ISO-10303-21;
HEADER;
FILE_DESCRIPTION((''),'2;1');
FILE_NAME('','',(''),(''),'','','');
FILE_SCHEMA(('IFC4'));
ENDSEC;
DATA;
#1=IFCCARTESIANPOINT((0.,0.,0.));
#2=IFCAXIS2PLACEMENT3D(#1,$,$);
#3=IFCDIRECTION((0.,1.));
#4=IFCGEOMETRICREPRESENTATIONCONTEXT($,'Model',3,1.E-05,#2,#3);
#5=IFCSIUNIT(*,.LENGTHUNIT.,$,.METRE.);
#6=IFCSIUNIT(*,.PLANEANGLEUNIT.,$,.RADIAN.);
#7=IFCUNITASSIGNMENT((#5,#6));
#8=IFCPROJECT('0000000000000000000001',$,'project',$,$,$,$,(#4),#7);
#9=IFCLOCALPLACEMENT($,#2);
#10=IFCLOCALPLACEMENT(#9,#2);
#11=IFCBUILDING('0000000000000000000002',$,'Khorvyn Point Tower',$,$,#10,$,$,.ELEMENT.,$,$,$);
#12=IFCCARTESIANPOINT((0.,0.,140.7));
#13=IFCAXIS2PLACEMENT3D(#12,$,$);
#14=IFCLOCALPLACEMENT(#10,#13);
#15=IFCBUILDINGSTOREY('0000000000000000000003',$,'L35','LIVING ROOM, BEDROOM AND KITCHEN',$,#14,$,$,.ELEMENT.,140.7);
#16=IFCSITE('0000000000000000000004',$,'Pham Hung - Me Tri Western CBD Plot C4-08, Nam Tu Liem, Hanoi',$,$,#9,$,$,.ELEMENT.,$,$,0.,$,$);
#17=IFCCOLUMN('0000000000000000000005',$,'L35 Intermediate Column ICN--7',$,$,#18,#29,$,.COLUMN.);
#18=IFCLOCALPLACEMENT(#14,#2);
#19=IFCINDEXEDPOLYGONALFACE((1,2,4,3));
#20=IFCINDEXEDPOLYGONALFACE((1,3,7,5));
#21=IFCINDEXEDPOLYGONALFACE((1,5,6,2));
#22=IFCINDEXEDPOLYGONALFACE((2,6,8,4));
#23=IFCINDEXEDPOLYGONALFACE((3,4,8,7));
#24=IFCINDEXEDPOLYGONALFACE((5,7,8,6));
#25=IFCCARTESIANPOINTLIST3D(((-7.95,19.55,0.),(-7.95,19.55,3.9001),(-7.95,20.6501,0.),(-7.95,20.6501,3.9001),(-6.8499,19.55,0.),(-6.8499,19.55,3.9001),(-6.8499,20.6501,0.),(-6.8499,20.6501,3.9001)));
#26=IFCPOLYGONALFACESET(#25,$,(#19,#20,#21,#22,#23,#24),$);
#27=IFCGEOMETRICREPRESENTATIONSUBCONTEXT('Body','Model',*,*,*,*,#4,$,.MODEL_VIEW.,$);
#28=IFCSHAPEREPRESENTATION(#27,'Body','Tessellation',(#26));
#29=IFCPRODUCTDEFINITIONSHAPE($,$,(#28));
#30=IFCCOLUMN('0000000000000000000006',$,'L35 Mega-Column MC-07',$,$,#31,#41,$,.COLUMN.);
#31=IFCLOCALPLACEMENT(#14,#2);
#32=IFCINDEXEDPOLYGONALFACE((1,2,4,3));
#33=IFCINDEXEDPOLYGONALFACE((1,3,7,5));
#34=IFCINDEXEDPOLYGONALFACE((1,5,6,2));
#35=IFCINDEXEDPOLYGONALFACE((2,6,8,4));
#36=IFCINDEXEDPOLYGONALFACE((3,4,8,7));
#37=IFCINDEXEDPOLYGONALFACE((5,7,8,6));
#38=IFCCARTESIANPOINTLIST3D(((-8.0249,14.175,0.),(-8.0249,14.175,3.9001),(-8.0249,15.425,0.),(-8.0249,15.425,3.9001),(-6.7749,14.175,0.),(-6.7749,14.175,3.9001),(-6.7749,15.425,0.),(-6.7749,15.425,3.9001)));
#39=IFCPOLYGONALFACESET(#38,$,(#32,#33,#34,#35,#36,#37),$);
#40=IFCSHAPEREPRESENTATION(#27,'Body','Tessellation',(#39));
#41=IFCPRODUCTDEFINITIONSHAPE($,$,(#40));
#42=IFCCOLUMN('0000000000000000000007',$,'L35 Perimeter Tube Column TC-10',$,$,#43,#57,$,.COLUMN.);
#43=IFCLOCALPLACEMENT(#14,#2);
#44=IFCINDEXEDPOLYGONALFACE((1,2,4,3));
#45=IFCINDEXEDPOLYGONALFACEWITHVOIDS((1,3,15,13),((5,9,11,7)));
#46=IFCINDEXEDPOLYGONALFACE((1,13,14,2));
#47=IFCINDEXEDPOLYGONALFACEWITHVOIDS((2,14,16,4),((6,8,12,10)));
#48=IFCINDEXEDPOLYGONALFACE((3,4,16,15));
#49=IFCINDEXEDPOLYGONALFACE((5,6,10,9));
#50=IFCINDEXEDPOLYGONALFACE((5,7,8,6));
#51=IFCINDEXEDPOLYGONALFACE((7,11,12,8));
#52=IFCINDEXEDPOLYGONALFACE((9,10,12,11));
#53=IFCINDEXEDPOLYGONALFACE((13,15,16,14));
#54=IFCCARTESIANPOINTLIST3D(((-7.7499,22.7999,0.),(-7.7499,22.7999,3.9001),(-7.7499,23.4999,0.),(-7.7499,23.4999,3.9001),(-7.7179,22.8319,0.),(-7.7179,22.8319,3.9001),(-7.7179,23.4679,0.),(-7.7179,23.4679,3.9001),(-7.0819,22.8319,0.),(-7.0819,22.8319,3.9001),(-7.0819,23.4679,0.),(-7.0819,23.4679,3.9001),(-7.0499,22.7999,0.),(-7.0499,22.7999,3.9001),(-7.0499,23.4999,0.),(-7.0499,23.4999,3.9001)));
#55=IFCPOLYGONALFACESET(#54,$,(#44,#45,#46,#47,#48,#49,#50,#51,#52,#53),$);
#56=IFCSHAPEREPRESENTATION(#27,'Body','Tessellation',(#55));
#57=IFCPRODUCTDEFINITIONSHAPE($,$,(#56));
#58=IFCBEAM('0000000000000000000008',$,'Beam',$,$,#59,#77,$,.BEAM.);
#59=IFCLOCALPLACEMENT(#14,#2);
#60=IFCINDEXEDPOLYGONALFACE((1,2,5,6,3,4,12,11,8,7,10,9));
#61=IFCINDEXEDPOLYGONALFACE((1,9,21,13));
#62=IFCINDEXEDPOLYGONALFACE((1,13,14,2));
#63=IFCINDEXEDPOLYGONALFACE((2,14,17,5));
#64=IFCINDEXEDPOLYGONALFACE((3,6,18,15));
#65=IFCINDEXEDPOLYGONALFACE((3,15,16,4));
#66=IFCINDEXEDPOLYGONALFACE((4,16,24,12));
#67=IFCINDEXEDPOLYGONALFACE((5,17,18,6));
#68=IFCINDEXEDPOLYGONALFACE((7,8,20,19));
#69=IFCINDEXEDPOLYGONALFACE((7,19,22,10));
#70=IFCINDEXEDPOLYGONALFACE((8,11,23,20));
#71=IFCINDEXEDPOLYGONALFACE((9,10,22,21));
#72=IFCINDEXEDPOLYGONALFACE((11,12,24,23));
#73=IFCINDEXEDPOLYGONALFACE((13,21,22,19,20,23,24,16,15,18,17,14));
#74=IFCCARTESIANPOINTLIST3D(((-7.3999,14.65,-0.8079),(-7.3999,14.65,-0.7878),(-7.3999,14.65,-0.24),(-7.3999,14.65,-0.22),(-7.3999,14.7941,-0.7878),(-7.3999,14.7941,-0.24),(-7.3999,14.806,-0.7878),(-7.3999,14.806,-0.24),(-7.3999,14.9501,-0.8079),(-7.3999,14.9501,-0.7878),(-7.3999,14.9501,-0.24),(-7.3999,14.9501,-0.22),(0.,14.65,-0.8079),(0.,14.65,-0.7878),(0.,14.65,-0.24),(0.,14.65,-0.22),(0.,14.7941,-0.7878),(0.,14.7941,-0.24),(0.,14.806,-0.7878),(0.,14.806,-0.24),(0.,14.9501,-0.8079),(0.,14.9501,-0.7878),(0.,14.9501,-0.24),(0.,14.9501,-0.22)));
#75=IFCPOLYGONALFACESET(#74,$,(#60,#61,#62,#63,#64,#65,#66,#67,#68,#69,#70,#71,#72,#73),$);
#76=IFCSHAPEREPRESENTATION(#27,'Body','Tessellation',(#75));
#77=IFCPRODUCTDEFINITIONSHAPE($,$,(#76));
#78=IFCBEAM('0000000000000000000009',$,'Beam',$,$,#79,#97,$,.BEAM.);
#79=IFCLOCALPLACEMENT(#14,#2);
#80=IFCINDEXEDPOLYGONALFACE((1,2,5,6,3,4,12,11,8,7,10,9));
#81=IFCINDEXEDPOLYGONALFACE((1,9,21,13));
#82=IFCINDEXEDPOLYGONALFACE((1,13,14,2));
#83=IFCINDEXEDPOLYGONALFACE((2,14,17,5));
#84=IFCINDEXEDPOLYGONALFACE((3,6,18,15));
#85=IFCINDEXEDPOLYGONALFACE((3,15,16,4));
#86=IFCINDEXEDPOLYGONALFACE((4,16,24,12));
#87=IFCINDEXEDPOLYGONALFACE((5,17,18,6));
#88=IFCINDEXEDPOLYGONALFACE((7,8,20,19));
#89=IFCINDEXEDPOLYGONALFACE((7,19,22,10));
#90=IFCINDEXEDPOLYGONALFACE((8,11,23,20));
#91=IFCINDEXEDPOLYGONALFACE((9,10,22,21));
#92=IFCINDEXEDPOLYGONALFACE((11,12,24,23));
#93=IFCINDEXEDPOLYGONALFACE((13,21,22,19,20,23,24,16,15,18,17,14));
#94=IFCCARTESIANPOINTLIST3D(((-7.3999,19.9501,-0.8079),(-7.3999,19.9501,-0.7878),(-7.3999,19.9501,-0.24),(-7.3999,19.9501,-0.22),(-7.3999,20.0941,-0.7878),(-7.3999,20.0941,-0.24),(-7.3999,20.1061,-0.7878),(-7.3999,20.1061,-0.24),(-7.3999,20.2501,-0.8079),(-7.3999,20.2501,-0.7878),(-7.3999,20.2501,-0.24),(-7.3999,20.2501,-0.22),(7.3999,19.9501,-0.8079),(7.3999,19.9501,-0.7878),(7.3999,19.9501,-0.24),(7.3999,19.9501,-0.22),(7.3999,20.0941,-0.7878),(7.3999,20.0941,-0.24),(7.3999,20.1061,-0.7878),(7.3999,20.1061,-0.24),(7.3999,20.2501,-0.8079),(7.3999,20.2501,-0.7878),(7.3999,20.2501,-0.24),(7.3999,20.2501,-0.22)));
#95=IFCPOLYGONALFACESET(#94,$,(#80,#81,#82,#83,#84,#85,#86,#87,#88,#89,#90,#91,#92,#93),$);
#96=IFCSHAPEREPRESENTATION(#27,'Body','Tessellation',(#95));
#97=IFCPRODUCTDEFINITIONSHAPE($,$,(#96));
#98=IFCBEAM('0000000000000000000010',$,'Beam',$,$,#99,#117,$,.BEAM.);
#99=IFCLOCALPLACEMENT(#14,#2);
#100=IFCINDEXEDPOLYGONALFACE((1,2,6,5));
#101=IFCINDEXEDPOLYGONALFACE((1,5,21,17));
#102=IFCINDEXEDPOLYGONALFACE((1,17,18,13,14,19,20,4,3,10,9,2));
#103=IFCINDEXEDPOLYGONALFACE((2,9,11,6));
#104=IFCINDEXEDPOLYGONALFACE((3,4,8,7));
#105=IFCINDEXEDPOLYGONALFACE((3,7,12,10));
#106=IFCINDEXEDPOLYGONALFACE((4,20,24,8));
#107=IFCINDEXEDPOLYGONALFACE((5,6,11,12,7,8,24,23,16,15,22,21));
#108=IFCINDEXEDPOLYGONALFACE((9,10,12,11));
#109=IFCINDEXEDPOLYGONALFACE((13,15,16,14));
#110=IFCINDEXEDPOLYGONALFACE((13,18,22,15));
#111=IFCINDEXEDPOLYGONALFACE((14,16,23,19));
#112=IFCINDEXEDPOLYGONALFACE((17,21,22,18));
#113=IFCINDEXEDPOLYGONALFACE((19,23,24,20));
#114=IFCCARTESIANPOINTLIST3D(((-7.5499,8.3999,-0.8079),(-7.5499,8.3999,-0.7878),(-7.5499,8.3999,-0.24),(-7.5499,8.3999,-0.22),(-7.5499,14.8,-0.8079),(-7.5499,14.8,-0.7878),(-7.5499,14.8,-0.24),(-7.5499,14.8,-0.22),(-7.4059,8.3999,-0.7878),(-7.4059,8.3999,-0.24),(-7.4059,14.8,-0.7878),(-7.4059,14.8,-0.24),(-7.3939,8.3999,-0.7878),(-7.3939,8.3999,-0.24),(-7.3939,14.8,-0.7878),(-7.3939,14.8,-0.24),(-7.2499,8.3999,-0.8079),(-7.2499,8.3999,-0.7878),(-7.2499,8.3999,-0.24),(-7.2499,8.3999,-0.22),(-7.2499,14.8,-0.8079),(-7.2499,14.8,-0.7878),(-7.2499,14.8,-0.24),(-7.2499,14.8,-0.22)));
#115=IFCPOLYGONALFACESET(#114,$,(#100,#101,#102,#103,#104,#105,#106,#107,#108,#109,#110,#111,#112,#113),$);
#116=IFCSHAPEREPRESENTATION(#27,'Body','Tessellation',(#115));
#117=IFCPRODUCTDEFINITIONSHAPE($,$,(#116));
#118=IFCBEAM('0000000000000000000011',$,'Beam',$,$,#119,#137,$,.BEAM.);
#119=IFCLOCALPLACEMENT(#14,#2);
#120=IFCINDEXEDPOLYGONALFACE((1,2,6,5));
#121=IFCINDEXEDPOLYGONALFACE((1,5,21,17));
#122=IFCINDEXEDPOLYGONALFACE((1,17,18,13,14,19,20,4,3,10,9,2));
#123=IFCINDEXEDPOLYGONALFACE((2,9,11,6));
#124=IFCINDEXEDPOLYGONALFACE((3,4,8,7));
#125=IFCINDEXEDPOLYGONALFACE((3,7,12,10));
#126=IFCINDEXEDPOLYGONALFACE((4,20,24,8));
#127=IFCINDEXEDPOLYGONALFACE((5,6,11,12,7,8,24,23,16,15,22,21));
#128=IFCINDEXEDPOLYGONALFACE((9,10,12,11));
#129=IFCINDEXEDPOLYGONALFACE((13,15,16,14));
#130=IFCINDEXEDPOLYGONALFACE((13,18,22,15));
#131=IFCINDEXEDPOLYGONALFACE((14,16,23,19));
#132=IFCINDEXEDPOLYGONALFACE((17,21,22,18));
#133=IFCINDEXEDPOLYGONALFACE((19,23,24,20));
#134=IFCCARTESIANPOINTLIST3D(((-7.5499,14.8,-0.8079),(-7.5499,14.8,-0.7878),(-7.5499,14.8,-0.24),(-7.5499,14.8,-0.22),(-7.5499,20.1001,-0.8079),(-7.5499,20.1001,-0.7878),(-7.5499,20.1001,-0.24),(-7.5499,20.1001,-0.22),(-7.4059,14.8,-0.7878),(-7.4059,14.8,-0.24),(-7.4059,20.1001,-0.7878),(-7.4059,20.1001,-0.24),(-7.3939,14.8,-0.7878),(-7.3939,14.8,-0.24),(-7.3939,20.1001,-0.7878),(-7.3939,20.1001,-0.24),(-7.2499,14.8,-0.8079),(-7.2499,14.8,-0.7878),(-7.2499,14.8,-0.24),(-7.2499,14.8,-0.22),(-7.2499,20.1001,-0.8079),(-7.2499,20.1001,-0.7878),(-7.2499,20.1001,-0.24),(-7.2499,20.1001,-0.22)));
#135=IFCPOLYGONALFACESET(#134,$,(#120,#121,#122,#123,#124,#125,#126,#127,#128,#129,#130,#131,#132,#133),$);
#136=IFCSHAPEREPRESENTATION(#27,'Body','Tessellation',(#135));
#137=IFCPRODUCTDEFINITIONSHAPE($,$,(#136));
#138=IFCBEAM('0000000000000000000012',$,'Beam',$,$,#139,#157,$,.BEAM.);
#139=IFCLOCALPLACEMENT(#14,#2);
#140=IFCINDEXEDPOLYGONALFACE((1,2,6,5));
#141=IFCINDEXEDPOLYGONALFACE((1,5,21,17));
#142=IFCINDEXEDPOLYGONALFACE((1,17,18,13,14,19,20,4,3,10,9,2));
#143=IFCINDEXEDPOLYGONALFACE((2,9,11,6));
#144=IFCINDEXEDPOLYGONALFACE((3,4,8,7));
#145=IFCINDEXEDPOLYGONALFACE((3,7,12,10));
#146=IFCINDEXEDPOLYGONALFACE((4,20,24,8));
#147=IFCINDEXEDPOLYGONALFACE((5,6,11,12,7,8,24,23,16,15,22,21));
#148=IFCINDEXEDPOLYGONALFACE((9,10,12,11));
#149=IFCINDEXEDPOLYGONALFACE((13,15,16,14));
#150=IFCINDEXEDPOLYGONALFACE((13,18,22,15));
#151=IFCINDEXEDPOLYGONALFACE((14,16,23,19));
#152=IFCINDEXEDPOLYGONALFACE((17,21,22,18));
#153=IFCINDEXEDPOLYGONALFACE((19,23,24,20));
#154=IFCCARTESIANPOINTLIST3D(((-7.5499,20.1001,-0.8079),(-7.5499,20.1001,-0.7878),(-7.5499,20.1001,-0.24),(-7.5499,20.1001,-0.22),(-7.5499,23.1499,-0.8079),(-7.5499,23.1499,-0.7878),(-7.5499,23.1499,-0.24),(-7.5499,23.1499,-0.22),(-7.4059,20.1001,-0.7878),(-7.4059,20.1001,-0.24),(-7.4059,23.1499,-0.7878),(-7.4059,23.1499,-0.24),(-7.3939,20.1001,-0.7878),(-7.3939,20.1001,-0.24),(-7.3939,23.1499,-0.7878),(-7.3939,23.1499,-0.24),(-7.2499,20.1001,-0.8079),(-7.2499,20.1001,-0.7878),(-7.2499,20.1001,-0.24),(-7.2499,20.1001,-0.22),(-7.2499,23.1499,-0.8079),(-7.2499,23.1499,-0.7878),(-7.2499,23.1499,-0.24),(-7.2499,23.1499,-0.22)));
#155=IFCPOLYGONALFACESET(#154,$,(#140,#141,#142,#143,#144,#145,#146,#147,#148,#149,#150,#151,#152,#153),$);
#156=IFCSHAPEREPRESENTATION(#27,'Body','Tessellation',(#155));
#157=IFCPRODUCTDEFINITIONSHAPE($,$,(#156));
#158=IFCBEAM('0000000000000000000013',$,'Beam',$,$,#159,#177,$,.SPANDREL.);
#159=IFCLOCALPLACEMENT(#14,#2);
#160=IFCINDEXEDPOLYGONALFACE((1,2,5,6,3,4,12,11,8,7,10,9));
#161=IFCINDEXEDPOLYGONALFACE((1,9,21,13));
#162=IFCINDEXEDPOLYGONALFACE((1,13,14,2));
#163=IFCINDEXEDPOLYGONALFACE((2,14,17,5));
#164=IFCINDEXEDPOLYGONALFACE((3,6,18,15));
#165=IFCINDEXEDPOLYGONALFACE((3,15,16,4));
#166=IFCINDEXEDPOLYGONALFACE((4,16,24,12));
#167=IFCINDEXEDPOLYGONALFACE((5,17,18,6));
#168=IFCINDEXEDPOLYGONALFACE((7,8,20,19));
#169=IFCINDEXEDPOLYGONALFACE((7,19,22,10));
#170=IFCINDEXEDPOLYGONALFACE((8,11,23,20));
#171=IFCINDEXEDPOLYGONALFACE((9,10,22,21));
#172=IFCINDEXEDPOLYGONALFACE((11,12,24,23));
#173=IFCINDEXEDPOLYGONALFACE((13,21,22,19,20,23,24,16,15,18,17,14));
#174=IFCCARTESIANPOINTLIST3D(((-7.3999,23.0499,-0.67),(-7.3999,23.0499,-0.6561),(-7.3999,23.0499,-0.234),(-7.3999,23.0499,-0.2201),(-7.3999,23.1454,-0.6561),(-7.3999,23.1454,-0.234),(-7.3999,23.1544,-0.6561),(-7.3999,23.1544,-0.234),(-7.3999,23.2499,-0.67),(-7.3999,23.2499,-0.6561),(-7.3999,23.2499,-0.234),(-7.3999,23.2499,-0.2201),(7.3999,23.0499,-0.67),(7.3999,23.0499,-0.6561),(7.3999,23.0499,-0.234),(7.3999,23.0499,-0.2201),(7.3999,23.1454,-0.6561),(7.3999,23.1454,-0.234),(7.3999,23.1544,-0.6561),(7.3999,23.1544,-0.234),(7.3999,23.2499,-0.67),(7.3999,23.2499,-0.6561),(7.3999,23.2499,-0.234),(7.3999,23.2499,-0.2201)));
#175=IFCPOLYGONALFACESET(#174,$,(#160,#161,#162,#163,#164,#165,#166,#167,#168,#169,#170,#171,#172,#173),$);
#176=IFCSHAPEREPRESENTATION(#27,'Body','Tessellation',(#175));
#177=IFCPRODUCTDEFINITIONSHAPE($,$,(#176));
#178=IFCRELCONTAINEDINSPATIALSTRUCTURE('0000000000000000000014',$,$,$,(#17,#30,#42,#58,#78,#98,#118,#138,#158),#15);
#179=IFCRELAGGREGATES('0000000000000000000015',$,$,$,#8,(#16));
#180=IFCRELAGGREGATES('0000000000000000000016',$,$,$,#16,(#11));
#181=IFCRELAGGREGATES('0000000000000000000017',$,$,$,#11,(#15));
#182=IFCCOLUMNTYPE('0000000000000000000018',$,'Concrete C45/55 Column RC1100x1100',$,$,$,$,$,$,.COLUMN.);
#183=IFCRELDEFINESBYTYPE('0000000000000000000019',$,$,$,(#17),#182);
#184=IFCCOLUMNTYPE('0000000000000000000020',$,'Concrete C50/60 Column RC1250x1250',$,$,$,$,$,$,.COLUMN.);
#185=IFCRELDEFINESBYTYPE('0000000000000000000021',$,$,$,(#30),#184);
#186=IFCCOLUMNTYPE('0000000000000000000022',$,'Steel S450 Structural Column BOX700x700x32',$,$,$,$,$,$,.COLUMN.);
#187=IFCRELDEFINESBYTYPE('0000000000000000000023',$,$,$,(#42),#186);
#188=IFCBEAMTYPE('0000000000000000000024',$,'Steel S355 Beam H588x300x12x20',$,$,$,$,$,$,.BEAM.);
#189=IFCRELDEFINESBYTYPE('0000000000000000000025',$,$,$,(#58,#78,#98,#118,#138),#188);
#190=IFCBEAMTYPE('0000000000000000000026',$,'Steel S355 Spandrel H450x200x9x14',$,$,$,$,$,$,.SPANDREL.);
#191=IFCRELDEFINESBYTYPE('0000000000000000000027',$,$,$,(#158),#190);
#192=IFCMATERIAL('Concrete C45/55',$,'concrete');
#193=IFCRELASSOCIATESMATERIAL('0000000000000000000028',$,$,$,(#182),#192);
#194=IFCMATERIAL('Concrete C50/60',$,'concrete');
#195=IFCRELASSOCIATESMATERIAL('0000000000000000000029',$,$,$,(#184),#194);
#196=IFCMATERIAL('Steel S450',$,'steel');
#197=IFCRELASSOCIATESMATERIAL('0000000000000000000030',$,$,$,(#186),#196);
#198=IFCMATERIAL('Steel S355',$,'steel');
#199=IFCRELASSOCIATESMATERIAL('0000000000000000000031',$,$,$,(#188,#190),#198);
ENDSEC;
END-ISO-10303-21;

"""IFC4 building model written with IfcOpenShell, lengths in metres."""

from ifc_helpers import new_model, si_unit, direction, frame, origin, origin_2d, place, context, subcontext, project, spatial, rectangle, hollow_rectangle, i_section, extrude, material, material_profile, profile_set, type_object, element, save


model = new_model("IFC4")

# Units and contexts
model_context = context("Model", 3, precision=1e-05, world=origin(), true_north=direction((0.0, 1.0)))
body_context = subcontext(model_context, "Body", "Model", "MODEL_VIEW")
ifc_project = project(units=[si_unit("LENGTHUNIT", "METRE"), si_unit("PLANEANGLEUNIT", "RADIAN")], contexts=[model_context])

# Site, building, storey
site_placement = place(None, origin())
site = spatial("IfcSite", under=ifc_project, at=site_placement, Name="Pham Hung - Me Tri Western CBD Plot C4-08, Nam Tu Liem, Hanoi", CompositionType="ELEMENT", RefElevation=0.0)
building_placement = place(site_placement, origin())
building = spatial("IfcBuilding", under=site, at=building_placement, Name="Khorvyn Point Tower", CompositionType="ELEMENT")
storey_placement = place(building_placement, frame((0.0, 0.0, 140.7)))
storey = spatial("IfcBuildingStorey", under=building, at=storey_placement, Name="L35", Description="LIVING ROOM, BEDROOM AND KITCHEN", CompositionType="ELEMENT", Elevation=140.7)

# Columns
ifc_material_1 = material(Name="Concrete C45/55", Category="concrete")
ifc_material_profile_1 = material_profile(ifc_material_1, rectangle(XDim=1.1001, YDim=1.1001, at=origin_2d()))
ifc_profile_set_1 = profile_set([ifc_material_profile_1], Name="Concrete C45/55 RC1100x1100")
column_type_1 = type_object("IfcColumnType", Name="Concrete C45/55 Column RC1100x1100", PredefinedType="COLUMN", material=ifc_profile_set_1)
column_1_placement = place(storey_placement, frame((-7.3999, 20.1001, 0.0), z_axis=(0.0, 0.0, 1.0), x_axis=(1.0, 0.0, 0.0)))
element("IfcColumn", 1, at=column_1_placement, inside=storey, type_object=column_type_1, Name="L35 Intermediate Column ICN--7", PredefinedType="COLUMN", context=body_context, shape_type="SweptSolid", body=[
    extrude(rectangle(XDim=1.1001, YDim=1.1001, at=origin_2d()), origin(), (0.0, 0.0, 1.0), 3.9001),
])
ifc_material_2 = material(Name="Concrete C50/60", Category="concrete")
ifc_material_profile_2 = material_profile(ifc_material_2, rectangle(XDim=1.25, YDim=1.25, at=origin_2d()))
ifc_profile_set_2 = profile_set([ifc_material_profile_2], Name="Concrete C50/60 RC1250x1250")
column_type_2 = type_object("IfcColumnType", Name="Concrete C50/60 Column RC1250x1250", PredefinedType="COLUMN", material=ifc_profile_set_2)
column_2_placement = place(storey_placement, frame((-7.3999, 14.8, 0.0), z_axis=(0.0, 0.0, 1.0), x_axis=(1.0, 0.0, 0.0)))
element("IfcColumn", 2, at=column_2_placement, inside=storey, type_object=column_type_2, Name="L35 Mega-Column MC-07", PredefinedType="COLUMN", context=body_context, shape_type="SweptSolid", body=[
    extrude(rectangle(XDim=1.25, YDim=1.25, at=origin_2d()), origin(), (0.0, 0.0, 1.0), 3.9001),
])
ifc_material_3 = material(Name="Steel S450", Category="steel")
ifc_material_profile_3 = material_profile(ifc_material_3, hollow_rectangle(XDim=0.7, YDim=0.7, WallThickness=0.032, at=origin_2d()))
ifc_profile_set_3 = profile_set([ifc_material_profile_3], Name="Steel S450 BOX700x700x32")
column_type_3 = type_object("IfcColumnType", Name="Steel S450 Structural Column BOX700x700x32", PredefinedType="COLUMN", material=ifc_profile_set_3)
column_3_placement = place(storey_placement, frame((-7.3999, 23.1499, 0.0), z_axis=(0.0, 0.0, 1.0), x_axis=(1.0, 0.0, 0.0)))
element("IfcColumn", 3, at=column_3_placement, inside=storey, type_object=column_type_3, Name="L35 Perimeter Tube Column TC-10", PredefinedType="COLUMN", context=body_context, shape_type="SweptSolid", body=[
    extrude(hollow_rectangle(XDim=0.7, YDim=0.7, WallThickness=0.032, at=origin_2d()), origin(), (0.0, 0.0, 1.0), 3.9001),
])

# Beams
ifc_material_4 = material(Name="Steel S355", Category="steel")
ifc_material_profile_4 = material_profile(ifc_material_4, i_section(OverallWidth=0.3, OverallDepth=0.5879, WebThickness=0.012, FlangeThickness=0.02, at=origin_2d()))
ifc_profile_set_4 = profile_set([ifc_material_profile_4], Name="Steel S355 H588x300x12x20")
beam_type_1 = type_object("IfcBeamType", Name="Steel S355 Beam H588x300x12x20", PredefinedType="BEAM", material=ifc_profile_set_4)
beam_1_placement = place(storey_placement, frame((-7.3999, 14.8, -0.5139), z_axis=(1.0, 0.0, 0.0), x_axis=(0.0, 1.0, 0.0)))
element("IfcBeam", 4, at=beam_1_placement, inside=storey, type_object=beam_type_1, Name="Beam", PredefinedType="BEAM", context=body_context, shape_type="SweptSolid", body=[
    extrude(i_section(OverallWidth=0.3, OverallDepth=0.5879, WebThickness=0.012, FlangeThickness=0.02, at=origin_2d()), origin(), (0.0, 0.0, 1.0), 7.3999),
])
beam_2_placement = place(storey_placement, frame((-7.3999, 20.1001, -0.5139), z_axis=(1.0, 0.0, 0.0), x_axis=(0.0, 1.0, 0.0)))
element("IfcBeam", 5, at=beam_2_placement, inside=storey, type_object=beam_type_1, Name="Beam", PredefinedType="BEAM", context=body_context, shape_type="SweptSolid", body=[
    extrude(i_section(OverallWidth=0.3, OverallDepth=0.5879, WebThickness=0.012, FlangeThickness=0.02, at=origin_2d()), origin(), (0.0, 0.0, 1.0), 14.7998),
])
beam_3_placement = place(storey_placement, frame((-7.3999, 8.3999, -0.5139), z_axis=(0.0, 1.0, 0.0), x_axis=(-1.0, 0.0, 0.0)))
element("IfcBeam", 6, at=beam_3_placement, inside=storey, type_object=beam_type_1, Name="Beam", PredefinedType="BEAM", context=body_context, shape_type="SweptSolid", body=[
    extrude(i_section(OverallWidth=0.3, OverallDepth=0.5879, WebThickness=0.012, FlangeThickness=0.02, at=origin_2d()), origin(), (0.0, 0.0, 1.0), 6.4001),
])
beam_4_placement = place(storey_placement, frame((-7.3999, 14.8, -0.5139), z_axis=(0.0, 1.0, 0.0), x_axis=(-1.0, 0.0, 0.0)))
element("IfcBeam", 7, at=beam_4_placement, inside=storey, type_object=beam_type_1, Name="Beam", PredefinedType="BEAM", context=body_context, shape_type="SweptSolid", body=[
    extrude(i_section(OverallWidth=0.3, OverallDepth=0.5879, WebThickness=0.012, FlangeThickness=0.02, at=origin_2d()), origin(), (0.0, 0.0, 1.0), 5.3),
])
beam_5_placement = place(storey_placement, frame((-7.3999, 20.1001, -0.5139), z_axis=(0.0, 1.0, 0.0), x_axis=(-1.0, 0.0, 0.0)))
element("IfcBeam", 8, at=beam_5_placement, inside=storey, type_object=beam_type_1, Name="Beam", PredefinedType="BEAM", context=body_context, shape_type="SweptSolid", body=[
    extrude(i_section(OverallWidth=0.3, OverallDepth=0.5879, WebThickness=0.012, FlangeThickness=0.02, at=origin_2d()), origin(), (0.0, 0.0, 1.0), 3.0498),
])
ifc_material_profile_5 = material_profile(ifc_material_4, i_section(OverallWidth=0.2, OverallDepth=0.45, WebThickness=0.009, FlangeThickness=0.0139, at=origin_2d()))
ifc_profile_set_5 = profile_set([ifc_material_profile_5], Name="Steel S355 H450x200x9x14")
beam_type_2 = type_object("IfcBeamType", Name="Steel S355 Spandrel H450x200x9x14", PredefinedType="SPANDREL", material=ifc_profile_set_5)
beam_6_placement = place(storey_placement, frame((-7.3999, 23.1499, -0.4451), z_axis=(1.0, 0.0, 0.0), x_axis=(0.0, 1.0, 0.0)))
element("IfcBeam", 9, at=beam_6_placement, inside=storey, type_object=beam_type_2, Name="Beam", PredefinedType="SPANDREL", context=body_context, shape_type="SweptSolid", body=[
    extrude(i_section(OverallWidth=0.2, OverallDepth=0.45, WebThickness=0.009, FlangeThickness=0.0139, at=origin_2d()), origin(), (0.0, 0.0, 1.0), 14.7998),
])

save(model, "model.ifc")
